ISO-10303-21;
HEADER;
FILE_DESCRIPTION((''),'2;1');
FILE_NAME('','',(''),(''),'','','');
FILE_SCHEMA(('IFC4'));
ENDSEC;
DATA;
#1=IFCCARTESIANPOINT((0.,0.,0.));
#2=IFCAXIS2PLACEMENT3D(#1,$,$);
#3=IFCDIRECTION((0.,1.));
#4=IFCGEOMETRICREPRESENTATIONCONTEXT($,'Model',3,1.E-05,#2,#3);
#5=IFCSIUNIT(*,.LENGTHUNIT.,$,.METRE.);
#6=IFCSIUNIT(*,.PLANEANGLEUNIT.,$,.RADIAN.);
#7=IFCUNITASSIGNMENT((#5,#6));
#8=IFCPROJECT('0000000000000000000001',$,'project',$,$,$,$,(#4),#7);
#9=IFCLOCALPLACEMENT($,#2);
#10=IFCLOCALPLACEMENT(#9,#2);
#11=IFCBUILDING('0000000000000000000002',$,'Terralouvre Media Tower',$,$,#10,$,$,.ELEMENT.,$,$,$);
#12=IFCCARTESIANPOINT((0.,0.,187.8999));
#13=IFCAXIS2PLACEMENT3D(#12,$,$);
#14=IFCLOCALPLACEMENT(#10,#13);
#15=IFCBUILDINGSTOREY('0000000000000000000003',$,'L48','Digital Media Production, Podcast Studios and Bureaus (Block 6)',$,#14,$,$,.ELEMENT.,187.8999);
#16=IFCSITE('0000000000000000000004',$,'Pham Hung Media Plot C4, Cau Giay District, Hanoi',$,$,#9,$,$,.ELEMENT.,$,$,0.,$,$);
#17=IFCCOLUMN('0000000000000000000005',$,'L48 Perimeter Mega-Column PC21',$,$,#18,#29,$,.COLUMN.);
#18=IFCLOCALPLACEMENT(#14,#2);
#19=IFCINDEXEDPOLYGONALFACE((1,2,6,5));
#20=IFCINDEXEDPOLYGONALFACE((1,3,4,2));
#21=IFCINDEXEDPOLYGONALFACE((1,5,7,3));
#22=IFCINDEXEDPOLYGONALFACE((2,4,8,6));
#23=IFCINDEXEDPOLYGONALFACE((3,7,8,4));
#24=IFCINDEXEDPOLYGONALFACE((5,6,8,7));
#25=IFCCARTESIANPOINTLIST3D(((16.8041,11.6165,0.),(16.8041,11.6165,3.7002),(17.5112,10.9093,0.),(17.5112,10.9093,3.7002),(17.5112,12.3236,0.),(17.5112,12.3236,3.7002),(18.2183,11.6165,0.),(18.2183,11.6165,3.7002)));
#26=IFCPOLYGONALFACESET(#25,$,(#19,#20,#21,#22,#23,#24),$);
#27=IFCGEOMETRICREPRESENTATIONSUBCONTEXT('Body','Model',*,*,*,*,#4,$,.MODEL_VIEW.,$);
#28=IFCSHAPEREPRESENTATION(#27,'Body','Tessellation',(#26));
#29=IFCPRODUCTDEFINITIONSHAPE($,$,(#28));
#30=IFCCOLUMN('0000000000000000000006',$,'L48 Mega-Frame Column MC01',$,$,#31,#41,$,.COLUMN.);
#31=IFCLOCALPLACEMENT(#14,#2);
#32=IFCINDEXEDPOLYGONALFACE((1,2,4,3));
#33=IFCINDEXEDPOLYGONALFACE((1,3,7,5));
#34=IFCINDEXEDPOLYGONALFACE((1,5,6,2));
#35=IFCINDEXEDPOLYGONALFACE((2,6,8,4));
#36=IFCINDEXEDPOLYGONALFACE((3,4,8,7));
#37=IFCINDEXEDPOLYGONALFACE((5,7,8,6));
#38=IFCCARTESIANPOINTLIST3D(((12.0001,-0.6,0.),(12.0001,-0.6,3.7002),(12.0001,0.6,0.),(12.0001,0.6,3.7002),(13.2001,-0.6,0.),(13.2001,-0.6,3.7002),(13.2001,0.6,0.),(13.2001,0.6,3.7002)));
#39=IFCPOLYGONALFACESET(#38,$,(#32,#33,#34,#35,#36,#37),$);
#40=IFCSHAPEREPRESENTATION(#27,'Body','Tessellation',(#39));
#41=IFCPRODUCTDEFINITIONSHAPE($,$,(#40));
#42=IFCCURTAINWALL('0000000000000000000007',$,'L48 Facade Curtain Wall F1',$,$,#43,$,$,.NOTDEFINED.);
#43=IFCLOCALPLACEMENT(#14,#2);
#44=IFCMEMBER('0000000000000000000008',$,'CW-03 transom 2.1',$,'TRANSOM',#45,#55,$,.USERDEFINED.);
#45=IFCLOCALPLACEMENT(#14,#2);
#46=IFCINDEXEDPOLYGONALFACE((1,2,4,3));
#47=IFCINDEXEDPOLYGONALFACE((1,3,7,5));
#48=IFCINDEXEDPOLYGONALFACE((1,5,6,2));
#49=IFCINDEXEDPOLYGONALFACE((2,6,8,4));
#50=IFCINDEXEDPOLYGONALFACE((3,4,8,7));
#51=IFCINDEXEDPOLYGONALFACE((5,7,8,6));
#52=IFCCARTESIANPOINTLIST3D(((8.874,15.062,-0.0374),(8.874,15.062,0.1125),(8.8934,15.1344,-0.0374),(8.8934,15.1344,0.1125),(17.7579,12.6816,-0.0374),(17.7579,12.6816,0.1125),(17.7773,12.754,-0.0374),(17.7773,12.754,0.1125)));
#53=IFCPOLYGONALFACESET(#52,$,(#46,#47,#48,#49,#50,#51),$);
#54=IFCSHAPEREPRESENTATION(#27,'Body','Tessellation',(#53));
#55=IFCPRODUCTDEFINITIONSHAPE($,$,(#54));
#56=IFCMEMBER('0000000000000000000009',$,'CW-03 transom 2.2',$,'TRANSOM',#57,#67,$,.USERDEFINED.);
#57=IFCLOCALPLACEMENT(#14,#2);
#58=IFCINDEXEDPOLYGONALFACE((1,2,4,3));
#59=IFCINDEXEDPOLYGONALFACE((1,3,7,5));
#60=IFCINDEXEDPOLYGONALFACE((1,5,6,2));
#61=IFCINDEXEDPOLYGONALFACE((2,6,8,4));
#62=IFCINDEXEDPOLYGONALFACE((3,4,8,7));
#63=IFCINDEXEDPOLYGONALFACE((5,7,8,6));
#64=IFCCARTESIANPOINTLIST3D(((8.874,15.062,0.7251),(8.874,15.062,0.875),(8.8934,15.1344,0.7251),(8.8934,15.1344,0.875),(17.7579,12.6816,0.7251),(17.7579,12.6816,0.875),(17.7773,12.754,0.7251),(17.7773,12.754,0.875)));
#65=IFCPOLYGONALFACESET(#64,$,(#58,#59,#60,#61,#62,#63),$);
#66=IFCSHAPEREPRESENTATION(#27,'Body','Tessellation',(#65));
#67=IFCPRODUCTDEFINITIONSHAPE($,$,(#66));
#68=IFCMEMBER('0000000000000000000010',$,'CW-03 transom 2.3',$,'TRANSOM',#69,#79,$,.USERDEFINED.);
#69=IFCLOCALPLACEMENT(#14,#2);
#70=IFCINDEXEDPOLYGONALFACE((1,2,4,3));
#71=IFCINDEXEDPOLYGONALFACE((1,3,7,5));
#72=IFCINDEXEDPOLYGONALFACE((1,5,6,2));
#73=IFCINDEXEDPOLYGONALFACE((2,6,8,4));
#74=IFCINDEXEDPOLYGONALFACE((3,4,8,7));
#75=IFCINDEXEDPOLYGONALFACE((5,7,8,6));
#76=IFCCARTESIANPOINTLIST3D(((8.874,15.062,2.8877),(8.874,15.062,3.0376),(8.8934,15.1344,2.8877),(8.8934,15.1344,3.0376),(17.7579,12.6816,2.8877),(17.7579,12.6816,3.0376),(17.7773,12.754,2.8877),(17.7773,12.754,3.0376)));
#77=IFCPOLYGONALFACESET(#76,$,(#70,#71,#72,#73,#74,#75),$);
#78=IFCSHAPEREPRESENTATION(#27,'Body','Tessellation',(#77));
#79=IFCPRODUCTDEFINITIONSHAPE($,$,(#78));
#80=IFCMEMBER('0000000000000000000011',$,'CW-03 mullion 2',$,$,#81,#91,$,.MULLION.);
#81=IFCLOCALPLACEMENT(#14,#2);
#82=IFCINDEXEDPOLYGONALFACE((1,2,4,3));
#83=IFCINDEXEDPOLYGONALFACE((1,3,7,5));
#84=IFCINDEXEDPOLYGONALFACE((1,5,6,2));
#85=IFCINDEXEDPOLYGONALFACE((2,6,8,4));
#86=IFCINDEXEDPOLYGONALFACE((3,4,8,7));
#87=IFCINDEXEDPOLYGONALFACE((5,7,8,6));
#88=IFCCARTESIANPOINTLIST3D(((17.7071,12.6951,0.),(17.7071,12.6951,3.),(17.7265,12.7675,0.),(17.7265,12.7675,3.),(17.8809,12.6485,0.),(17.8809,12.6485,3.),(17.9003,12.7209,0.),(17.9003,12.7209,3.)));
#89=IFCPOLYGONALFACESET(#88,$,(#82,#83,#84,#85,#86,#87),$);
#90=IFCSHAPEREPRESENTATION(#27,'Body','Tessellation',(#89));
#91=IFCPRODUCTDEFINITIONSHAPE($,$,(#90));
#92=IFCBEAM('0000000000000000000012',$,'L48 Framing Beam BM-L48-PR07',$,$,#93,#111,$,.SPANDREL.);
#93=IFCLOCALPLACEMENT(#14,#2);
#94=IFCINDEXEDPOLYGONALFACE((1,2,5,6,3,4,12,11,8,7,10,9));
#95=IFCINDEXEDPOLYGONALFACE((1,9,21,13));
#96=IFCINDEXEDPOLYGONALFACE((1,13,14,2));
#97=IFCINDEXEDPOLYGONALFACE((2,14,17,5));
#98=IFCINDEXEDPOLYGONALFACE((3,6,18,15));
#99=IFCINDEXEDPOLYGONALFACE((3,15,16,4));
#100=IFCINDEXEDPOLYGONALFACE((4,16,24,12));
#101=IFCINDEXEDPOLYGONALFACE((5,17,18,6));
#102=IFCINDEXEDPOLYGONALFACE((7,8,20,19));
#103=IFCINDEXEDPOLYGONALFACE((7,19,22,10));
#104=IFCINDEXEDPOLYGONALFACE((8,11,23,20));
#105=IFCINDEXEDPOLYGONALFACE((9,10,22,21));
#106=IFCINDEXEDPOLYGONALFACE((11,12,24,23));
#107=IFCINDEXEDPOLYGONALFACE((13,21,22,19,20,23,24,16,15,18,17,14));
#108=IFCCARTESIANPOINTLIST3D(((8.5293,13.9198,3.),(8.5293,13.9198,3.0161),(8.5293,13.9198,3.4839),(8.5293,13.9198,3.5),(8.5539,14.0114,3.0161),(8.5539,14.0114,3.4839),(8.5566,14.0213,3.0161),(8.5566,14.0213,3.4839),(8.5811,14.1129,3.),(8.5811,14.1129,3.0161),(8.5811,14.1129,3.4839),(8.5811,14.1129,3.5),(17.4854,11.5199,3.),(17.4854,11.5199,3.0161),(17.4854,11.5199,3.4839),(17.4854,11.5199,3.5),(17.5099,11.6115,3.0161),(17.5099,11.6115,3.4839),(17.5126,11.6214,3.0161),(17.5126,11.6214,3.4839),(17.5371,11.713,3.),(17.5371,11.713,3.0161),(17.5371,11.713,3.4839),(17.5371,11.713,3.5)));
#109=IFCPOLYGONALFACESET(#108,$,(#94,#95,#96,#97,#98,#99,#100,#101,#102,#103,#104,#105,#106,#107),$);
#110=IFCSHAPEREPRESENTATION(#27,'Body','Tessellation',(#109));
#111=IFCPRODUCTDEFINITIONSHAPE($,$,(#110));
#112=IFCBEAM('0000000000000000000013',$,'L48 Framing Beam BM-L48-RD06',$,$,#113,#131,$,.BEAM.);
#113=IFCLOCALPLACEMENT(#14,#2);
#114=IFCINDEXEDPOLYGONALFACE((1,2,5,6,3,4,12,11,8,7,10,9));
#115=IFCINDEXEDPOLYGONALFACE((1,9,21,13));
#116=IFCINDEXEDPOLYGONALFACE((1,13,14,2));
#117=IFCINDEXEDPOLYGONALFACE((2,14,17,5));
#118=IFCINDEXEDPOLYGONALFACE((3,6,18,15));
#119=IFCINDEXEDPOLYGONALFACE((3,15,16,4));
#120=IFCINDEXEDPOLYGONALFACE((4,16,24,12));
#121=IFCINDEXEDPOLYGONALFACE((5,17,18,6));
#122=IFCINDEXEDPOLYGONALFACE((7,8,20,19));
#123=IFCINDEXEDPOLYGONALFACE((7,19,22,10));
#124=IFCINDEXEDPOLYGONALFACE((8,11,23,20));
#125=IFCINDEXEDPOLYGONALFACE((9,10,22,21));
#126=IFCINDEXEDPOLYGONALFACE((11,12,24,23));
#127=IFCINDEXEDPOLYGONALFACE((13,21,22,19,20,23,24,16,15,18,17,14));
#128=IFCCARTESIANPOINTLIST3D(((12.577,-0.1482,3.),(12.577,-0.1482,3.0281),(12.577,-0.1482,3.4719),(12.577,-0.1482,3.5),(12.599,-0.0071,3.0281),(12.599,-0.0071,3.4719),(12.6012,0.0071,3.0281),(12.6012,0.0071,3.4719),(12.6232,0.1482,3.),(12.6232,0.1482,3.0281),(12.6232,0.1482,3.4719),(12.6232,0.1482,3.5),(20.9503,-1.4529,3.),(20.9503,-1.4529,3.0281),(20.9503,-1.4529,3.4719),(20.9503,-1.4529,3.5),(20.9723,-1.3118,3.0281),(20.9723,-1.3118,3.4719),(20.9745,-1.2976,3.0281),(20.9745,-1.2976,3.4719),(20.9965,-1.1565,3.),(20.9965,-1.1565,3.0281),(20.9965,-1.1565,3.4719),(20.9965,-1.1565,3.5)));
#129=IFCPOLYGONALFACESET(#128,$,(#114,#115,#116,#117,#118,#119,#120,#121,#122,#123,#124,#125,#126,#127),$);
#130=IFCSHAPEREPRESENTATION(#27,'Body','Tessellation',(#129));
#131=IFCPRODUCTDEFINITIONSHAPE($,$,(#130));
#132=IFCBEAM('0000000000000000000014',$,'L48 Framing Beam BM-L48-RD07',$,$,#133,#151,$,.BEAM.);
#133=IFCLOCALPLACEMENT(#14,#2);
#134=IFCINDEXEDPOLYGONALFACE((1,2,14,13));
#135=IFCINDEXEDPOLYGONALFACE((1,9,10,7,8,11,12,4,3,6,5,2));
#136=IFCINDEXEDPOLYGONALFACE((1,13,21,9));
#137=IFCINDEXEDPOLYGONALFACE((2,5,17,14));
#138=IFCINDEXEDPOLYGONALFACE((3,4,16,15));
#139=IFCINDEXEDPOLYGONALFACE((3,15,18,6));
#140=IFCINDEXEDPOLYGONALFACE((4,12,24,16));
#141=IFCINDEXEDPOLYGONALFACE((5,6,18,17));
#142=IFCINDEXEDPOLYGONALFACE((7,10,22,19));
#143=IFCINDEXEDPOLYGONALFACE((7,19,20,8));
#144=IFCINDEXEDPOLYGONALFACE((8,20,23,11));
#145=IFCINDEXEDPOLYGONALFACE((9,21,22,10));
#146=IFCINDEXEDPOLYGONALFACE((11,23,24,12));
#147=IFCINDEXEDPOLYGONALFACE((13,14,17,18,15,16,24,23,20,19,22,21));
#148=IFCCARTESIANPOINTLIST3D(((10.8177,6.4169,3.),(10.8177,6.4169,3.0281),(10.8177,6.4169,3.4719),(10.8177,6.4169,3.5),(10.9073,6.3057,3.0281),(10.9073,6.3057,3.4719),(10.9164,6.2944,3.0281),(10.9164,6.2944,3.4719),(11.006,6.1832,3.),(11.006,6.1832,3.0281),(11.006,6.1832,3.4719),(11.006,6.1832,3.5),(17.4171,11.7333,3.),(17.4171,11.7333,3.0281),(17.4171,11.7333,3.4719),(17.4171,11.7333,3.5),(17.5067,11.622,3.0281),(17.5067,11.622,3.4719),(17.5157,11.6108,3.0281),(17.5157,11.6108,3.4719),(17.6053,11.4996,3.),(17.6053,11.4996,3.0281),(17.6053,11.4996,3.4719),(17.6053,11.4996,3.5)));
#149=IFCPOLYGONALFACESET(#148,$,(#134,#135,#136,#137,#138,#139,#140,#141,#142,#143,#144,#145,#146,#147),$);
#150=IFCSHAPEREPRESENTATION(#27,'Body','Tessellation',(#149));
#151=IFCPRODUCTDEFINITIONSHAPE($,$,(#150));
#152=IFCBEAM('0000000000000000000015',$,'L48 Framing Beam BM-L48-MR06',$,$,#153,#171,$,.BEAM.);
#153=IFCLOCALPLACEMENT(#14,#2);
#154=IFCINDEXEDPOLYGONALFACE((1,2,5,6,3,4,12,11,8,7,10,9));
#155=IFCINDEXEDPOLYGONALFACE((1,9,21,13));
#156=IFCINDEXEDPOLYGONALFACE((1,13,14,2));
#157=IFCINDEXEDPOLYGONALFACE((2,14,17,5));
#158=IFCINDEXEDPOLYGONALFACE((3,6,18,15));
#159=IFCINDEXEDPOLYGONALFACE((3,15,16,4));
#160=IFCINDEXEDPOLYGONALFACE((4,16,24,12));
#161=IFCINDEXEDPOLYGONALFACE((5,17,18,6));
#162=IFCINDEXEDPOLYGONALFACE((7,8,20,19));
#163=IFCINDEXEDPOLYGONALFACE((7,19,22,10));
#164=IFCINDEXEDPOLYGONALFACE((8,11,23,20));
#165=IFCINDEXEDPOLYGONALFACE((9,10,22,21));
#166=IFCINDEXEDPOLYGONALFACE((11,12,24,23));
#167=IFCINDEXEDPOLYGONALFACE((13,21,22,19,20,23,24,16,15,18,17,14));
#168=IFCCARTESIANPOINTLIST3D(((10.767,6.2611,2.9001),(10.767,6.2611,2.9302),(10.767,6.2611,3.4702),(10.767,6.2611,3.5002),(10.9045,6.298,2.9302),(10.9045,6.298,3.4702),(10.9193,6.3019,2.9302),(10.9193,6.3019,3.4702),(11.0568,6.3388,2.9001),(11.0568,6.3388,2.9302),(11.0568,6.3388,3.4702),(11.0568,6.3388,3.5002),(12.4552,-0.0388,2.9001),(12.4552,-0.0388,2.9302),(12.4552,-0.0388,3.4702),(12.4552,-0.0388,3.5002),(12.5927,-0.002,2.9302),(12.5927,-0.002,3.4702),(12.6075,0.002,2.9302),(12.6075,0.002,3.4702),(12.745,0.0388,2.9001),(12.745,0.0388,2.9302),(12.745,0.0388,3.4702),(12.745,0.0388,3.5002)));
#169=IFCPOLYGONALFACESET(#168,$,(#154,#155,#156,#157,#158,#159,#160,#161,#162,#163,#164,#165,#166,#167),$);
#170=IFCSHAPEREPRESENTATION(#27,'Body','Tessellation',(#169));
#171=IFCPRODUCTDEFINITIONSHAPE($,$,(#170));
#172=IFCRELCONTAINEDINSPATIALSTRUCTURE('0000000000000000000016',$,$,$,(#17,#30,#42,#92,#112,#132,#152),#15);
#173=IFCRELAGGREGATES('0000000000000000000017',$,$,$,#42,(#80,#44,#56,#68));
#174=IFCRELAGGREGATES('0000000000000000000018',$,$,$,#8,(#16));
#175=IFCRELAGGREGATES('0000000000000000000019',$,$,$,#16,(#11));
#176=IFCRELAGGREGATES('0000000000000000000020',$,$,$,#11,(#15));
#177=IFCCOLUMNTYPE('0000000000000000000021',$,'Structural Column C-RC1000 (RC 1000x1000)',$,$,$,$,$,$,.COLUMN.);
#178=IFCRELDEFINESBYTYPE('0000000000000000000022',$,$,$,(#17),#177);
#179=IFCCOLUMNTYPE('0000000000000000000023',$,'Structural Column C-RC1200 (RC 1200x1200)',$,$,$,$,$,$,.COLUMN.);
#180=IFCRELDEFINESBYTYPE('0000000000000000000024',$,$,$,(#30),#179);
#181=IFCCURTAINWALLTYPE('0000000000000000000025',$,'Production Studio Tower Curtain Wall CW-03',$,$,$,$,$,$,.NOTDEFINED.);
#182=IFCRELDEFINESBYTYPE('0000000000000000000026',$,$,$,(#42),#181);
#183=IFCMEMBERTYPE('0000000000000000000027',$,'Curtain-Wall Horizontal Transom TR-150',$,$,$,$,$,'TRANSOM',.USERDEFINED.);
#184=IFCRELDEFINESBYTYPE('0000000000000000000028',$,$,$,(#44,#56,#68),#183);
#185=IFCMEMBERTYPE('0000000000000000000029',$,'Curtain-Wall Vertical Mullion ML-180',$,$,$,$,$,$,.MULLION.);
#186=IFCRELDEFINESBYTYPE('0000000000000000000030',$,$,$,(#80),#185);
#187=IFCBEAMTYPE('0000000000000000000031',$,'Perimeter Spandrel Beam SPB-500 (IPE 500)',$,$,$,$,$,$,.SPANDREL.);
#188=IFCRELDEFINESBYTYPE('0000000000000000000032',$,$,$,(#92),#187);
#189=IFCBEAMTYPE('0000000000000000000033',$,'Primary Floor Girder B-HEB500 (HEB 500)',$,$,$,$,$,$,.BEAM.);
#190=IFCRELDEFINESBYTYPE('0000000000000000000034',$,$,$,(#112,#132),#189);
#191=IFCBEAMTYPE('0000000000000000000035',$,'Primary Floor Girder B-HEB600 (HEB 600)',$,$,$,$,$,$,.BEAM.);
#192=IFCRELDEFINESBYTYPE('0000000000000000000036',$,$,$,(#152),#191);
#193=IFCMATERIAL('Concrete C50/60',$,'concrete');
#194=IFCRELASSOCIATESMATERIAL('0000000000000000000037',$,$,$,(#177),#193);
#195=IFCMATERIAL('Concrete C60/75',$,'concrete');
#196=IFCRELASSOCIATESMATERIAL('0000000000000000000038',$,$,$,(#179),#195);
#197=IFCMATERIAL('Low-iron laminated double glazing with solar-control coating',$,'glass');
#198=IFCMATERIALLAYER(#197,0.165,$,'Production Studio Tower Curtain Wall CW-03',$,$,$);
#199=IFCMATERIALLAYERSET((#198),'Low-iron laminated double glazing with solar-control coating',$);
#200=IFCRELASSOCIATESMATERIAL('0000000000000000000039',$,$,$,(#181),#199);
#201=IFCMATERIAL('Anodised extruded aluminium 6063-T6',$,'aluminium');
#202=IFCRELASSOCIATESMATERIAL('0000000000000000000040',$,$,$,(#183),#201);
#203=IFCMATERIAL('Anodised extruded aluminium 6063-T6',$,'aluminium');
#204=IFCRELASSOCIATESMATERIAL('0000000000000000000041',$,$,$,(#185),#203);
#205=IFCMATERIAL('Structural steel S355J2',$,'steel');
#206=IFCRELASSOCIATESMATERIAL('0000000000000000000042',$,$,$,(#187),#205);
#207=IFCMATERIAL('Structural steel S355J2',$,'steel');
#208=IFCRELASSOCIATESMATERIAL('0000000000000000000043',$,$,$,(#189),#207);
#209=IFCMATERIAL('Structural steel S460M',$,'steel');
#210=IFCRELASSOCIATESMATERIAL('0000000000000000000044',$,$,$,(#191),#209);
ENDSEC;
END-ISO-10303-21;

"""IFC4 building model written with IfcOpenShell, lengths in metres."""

from ifc_helpers import new_model, si_unit, direction, frame, origin, origin_2d, place, context, subcontext, project, spatial, rectangle, i_section, extrude, material, layer, layer_set, material_profile, profile_set, type_object, element, aggregate, save


model = new_model("IFC4")

# Units and contexts
model_context = context("Model", 3, precision=1e-05, world=origin(), true_north=direction((0.0, 1.0)))
body_context = subcontext(model_context, "Body", "Model", "MODEL_VIEW")
ifc_project = project(units=[si_unit("LENGTHUNIT", "METRE"), si_unit("PLANEANGLEUNIT", "RADIAN")], contexts=[model_context])

# Site, building, storey
site_placement = place(None, origin())
site = spatial("IfcSite", under=ifc_project, at=site_placement, Name="Pham Hung Media Plot C4, Cau Giay District, Hanoi", CompositionType="ELEMENT", RefElevation=0.0)
building_placement = place(site_placement, origin())
building = spatial("IfcBuilding", under=site, at=building_placement, Name="Terralouvre Media Tower", CompositionType="ELEMENT")
storey_placement = place(building_placement, frame((0.0, 0.0, 187.8999)))
storey = spatial("IfcBuildingStorey", under=building, at=storey_placement, Name="L48", Description="Digital Media Production, Podcast Studios and Bureaus (Block 6)", CompositionType="ELEMENT", Elevation=187.8999)

# Columns
ifc_material_1 = material(Name="Concrete C50/60", Category="concrete")
ifc_material_profile_1 = material_profile(ifc_material_1, rectangle(XDim=1.0, YDim=1.0, at=origin_2d()), Name="RC 1000x1000")
ifc_profile_set_1 = profile_set([ifc_material_profile_1], Name="Concrete C50/60")
column_type_1 = type_object("IfcColumnType", Name="Structural Column C-RC1000 (RC 1000x1000)", PredefinedType="COLUMN", material=ifc_profile_set_1)
column_1_placement = place(storey_placement, frame((17.5112, 11.6165, 0.0), z_axis=(0.0, 0.0, 1.0), x_axis=(0.707107, 0.707107, 0.0)))
element("IfcColumn", 1, at=column_1_placement, inside=storey, type_object=column_type_1, Name="L48 Perimeter Mega-Column PC21", PredefinedType="COLUMN", context=body_context, shape_type="SweptSolid", body=[
    extrude(rectangle(XDim=1.0, YDim=1.0, at=origin_2d()), origin(), (0.0, 0.0, 1.0), 3.7002),
])
ifc_material_2 = material(Name="Concrete C60/75", Category="concrete")
ifc_material_profile_2 = material_profile(ifc_material_2, rectangle(XDim=1.2, YDim=1.2, at=origin_2d()), Name="RC 1200x1200")
ifc_profile_set_2 = profile_set([ifc_material_profile_2], Name="Concrete C60/75")
column_type_2 = type_object("IfcColumnType", Name="Structural Column C-RC1200 (RC 1200x1200)", PredefinedType="COLUMN", material=ifc_profile_set_2)
column_2_placement = place(storey_placement, frame((12.6001, 0.0, 0.0), z_axis=(0.0, 0.0, 1.0), x_axis=(1.0, 0.0, 0.0)))
element("IfcColumn", 2, at=column_2_placement, inside=storey, type_object=column_type_2, Name="L48 Mega-Frame Column MC01", PredefinedType="COLUMN", context=body_context, shape_type="SweptSolid", body=[
    extrude(rectangle(XDim=1.2, YDim=1.2, at=origin_2d()), origin(), (0.0, 0.0, 1.0), 3.7002),
])

# Curtain wall, members
ifc_material_3 = material(Name="Low-iron laminated double glazing with solar-control coating", Category="glass")
ifc_layer_1 = layer(ifc_material_3, 0.165, Name="Production Studio Tower Curtain Wall CW-03")
ifc_layer_set_1 = layer_set([ifc_layer_1], Name="Low-iron laminated double glazing with solar-control coating")
curtain_wall_type = type_object("IfcCurtainWallType", Name="Production Studio Tower Curtain Wall CW-03", PredefinedType="NOTDEFINED", material=ifc_layer_set_1)
curtain_wall_placement = place(storey_placement, origin())
curtain_wall = element("IfcCurtainWall", 3, at=curtain_wall_placement, inside=storey, type_object=curtain_wall_type, Name="L48 Facade Curtain Wall F1", PredefinedType="NOTDEFINED")
ifc_material_4 = material(Name="Anodised extruded aluminium 6063-T6", Category="aluminium")
ifc_material_profile_3 = material_profile(ifc_material_4, rectangle(XDim=0.075, YDim=0.1499, at=origin_2d()), Name="ALU 75x150")
ifc_profile_set_3 = profile_set([ifc_material_profile_3], Name="Anodised extruded aluminium 6063-T6")
member_type_1 = type_object("IfcMemberType", Name="Curtain-Wall Horizontal Transom TR-150", ElementType="TRANSOM", PredefinedType="USERDEFINED", material=ifc_profile_set_3)
member_1_placement = place(storey_placement, frame((17.7676, 12.7178, 0.0376), z_axis=(-0.965927, 0.258816, 0.0), x_axis=(-0.258816, -0.965927, 0.0)))
member_1 = element("IfcMember", 4, at=member_1_placement, type_object=member_type_1, Name="CW-03 transom 2.1", ObjectType="TRANSOM", PredefinedType="USERDEFINED", context=body_context, shape_type="SweptSolid", body=[
    extrude(rectangle(XDim=0.075, YDim=0.1499, at=origin_2d()), origin(), (0.0, 0.0, 1.0), 9.1973),
])
member_2_placement = place(storey_placement, frame((17.7676, 12.7178, 0.8), z_axis=(-0.965927, 0.258816, 0.0), x_axis=(-0.258816, -0.965927, 0.0)))
member_2 = element("IfcMember", 5, at=member_2_placement, type_object=member_type_1, Name="CW-03 transom 2.2", ObjectType="TRANSOM", PredefinedType="USERDEFINED", context=body_context, shape_type="SweptSolid", body=[
    extrude(rectangle(XDim=0.075, YDim=0.1499, at=origin_2d()), origin(), (0.0, 0.0, 1.0), 9.1973),
])
member_3_placement = place(storey_placement, frame((17.7676, 12.7178, 2.9626), z_axis=(-0.965927, 0.258816, 0.0), x_axis=(-0.258816, -0.965927, 0.0)))
member_3 = element("IfcMember", 6, at=member_3_placement, type_object=member_type_1, Name="CW-03 transom 2.3", ObjectType="TRANSOM", PredefinedType="USERDEFINED", context=body_context, shape_type="SweptSolid", body=[
    extrude(rectangle(XDim=0.075, YDim=0.1499, at=origin_2d()), origin(), (0.0, 0.0, 1.0), 9.1973),
])
ifc_material_5 = material(Name="Anodised extruded aluminium 6063-T6", Category="aluminium")
ifc_material_profile_4 = material_profile(ifc_material_5, rectangle(XDim=0.075, YDim=0.1799, at=origin_2d()), Name="ALU 75x180")
ifc_profile_set_4 = profile_set([ifc_material_profile_4], Name="Anodised extruded aluminium 6063-T6")
member_type_2 = type_object("IfcMemberType", Name="Curtain-Wall Vertical Mullion ML-180", PredefinedType="MULLION", material=ifc_profile_set_4)
member_4_placement = place(storey_placement, frame((17.8037, 12.708, 0.0), z_axis=(0.0, 0.0, 1.0), x_axis=(-0.258819, -0.965926, 0.0)))
member_4 = element("IfcMember", 7, at=member_4_placement, type_object=member_type_2, Name="CW-03 mullion 2", PredefinedType="MULLION", context=body_context, shape_type="SweptSolid", body=[
    extrude(rectangle(XDim=0.075, YDim=0.1799, at=origin_2d()), origin(), (0.0, 0.0, 1.0), 3.0),
])

# Beams
ifc_material_6 = material(Name="Structural steel S355J2", Category="steel")
ifc_material_profile_5 = material_profile(ifc_material_6, i_section(OverallWidth=0.2, OverallDepth=0.5, WebThickness=0.0103, FlangeThickness=0.0161, at=origin_2d()), Name="IPE 500")
ifc_profile_set_5 = profile_set([ifc_material_profile_5], Name="Structural steel S355J2")
beam_type_1 = type_object("IfcBeamType", Name="Perimeter Spandrel Beam SPB-500 (IPE 500)", PredefinedType="SPANDREL", material=ifc_profile_set_5)
beam_1_placement = place(storey_placement, frame((17.5112, 11.6165, 3.25), z_axis=(-0.965922, 0.258833, 0.0), x_axis=(-0.258833, -0.965922, 0.0)))
element("IfcBeam", 8, at=beam_1_placement, inside=storey, type_object=beam_type_1, Name="L48 Framing Beam BM-L48-PR07", PredefinedType="SPANDREL", context=body_context, shape_type="SweptSolid", body=[
    extrude(i_section(OverallWidth=0.2, OverallDepth=0.5, WebThickness=0.0103, FlangeThickness=0.0161, at=origin_2d()), origin(), (0.0, 0.0, 1.0), 9.272),
])
ifc_material_7 = material(Name="Structural steel S355J2", Category="steel")
ifc_material_profile_6 = material_profile(ifc_material_7, i_section(OverallWidth=0.3, OverallDepth=0.5, WebThickness=0.0144, FlangeThickness=0.0281, at=origin_2d()), Name="HEB 500")
ifc_profile_set_6 = profile_set([ifc_material_profile_6], Name="Structural steel S355J2")
beam_type_2 = type_object("IfcBeamType", Name="Primary Floor Girder B-HEB500 (HEB 500)", PredefinedType="BEAM", material=ifc_profile_set_6)
for number, where, z_axis, x_axis, name in (
    (9, (12.6001, 0.0, 3.25), (0.988077, -0.153958, 0.0), (0.153958, 0.988077, 0.0), "L48 Framing Beam BM-L48-RD06"),
    (10, (10.9119, 6.3, 3.25), (0.778739, 0.627347, 0.0), (-0.627347, 0.778739, 0.0), "L48 Framing Beam BM-L48-RD07"),
):
    element("IfcBeam", number, at=place(storey_placement, frame(where, z_axis=z_axis, x_axis=x_axis)), inside=storey, type_object=beam_type_2, Name=name, PredefinedType="BEAM", context=body_context, shape_type="SweptSolid", body=[
        extrude(i_section(OverallWidth=0.3, OverallDepth=0.5, WebThickness=0.0144, FlangeThickness=0.0281, at=origin_2d()), origin(), (0.0, 0.0, 1.0), 8.4744),
    ])
ifc_material_8 = material(Name="Structural steel S460M", Category="steel")
ifc_material_profile_7 = material_profile(ifc_material_8, i_section(OverallWidth=0.3, OverallDepth=0.6001, WebThickness=0.0154, FlangeThickness=0.03, at=origin_2d()), Name="HEB 600")
ifc_profile_set_7 = profile_set([ifc_material_profile_7], Name="Structural steel S460M")
beam_type_3 = type_object("IfcBeamType", Name="Primary Floor Girder B-HEB600 (HEB 600)", PredefinedType="BEAM", material=ifc_profile_set_7)
beam_2_placement = place(storey_placement, frame((12.6001, 0.0, 3.2002), z_axis=(-0.258839, 0.96592, 0.0), x_axis=(-0.96592, -0.258839, 0.0)))
element("IfcBeam", 11, at=beam_2_placement, inside=storey, type_object=beam_type_3, Name="L48 Framing Beam BM-L48-MR06", PredefinedType="BEAM", context=body_context, shape_type="SweptSolid", body=[
    extrude(i_section(OverallWidth=0.3, OverallDepth=0.6001, WebThickness=0.0154, FlangeThickness=0.03, at=origin_2d()), origin(), (0.0, 0.0, 1.0), 6.5222),
])

aggregate(curtain_wall, [member_4, member_1, member_2, member_3])

save(model, "model.ifc")
